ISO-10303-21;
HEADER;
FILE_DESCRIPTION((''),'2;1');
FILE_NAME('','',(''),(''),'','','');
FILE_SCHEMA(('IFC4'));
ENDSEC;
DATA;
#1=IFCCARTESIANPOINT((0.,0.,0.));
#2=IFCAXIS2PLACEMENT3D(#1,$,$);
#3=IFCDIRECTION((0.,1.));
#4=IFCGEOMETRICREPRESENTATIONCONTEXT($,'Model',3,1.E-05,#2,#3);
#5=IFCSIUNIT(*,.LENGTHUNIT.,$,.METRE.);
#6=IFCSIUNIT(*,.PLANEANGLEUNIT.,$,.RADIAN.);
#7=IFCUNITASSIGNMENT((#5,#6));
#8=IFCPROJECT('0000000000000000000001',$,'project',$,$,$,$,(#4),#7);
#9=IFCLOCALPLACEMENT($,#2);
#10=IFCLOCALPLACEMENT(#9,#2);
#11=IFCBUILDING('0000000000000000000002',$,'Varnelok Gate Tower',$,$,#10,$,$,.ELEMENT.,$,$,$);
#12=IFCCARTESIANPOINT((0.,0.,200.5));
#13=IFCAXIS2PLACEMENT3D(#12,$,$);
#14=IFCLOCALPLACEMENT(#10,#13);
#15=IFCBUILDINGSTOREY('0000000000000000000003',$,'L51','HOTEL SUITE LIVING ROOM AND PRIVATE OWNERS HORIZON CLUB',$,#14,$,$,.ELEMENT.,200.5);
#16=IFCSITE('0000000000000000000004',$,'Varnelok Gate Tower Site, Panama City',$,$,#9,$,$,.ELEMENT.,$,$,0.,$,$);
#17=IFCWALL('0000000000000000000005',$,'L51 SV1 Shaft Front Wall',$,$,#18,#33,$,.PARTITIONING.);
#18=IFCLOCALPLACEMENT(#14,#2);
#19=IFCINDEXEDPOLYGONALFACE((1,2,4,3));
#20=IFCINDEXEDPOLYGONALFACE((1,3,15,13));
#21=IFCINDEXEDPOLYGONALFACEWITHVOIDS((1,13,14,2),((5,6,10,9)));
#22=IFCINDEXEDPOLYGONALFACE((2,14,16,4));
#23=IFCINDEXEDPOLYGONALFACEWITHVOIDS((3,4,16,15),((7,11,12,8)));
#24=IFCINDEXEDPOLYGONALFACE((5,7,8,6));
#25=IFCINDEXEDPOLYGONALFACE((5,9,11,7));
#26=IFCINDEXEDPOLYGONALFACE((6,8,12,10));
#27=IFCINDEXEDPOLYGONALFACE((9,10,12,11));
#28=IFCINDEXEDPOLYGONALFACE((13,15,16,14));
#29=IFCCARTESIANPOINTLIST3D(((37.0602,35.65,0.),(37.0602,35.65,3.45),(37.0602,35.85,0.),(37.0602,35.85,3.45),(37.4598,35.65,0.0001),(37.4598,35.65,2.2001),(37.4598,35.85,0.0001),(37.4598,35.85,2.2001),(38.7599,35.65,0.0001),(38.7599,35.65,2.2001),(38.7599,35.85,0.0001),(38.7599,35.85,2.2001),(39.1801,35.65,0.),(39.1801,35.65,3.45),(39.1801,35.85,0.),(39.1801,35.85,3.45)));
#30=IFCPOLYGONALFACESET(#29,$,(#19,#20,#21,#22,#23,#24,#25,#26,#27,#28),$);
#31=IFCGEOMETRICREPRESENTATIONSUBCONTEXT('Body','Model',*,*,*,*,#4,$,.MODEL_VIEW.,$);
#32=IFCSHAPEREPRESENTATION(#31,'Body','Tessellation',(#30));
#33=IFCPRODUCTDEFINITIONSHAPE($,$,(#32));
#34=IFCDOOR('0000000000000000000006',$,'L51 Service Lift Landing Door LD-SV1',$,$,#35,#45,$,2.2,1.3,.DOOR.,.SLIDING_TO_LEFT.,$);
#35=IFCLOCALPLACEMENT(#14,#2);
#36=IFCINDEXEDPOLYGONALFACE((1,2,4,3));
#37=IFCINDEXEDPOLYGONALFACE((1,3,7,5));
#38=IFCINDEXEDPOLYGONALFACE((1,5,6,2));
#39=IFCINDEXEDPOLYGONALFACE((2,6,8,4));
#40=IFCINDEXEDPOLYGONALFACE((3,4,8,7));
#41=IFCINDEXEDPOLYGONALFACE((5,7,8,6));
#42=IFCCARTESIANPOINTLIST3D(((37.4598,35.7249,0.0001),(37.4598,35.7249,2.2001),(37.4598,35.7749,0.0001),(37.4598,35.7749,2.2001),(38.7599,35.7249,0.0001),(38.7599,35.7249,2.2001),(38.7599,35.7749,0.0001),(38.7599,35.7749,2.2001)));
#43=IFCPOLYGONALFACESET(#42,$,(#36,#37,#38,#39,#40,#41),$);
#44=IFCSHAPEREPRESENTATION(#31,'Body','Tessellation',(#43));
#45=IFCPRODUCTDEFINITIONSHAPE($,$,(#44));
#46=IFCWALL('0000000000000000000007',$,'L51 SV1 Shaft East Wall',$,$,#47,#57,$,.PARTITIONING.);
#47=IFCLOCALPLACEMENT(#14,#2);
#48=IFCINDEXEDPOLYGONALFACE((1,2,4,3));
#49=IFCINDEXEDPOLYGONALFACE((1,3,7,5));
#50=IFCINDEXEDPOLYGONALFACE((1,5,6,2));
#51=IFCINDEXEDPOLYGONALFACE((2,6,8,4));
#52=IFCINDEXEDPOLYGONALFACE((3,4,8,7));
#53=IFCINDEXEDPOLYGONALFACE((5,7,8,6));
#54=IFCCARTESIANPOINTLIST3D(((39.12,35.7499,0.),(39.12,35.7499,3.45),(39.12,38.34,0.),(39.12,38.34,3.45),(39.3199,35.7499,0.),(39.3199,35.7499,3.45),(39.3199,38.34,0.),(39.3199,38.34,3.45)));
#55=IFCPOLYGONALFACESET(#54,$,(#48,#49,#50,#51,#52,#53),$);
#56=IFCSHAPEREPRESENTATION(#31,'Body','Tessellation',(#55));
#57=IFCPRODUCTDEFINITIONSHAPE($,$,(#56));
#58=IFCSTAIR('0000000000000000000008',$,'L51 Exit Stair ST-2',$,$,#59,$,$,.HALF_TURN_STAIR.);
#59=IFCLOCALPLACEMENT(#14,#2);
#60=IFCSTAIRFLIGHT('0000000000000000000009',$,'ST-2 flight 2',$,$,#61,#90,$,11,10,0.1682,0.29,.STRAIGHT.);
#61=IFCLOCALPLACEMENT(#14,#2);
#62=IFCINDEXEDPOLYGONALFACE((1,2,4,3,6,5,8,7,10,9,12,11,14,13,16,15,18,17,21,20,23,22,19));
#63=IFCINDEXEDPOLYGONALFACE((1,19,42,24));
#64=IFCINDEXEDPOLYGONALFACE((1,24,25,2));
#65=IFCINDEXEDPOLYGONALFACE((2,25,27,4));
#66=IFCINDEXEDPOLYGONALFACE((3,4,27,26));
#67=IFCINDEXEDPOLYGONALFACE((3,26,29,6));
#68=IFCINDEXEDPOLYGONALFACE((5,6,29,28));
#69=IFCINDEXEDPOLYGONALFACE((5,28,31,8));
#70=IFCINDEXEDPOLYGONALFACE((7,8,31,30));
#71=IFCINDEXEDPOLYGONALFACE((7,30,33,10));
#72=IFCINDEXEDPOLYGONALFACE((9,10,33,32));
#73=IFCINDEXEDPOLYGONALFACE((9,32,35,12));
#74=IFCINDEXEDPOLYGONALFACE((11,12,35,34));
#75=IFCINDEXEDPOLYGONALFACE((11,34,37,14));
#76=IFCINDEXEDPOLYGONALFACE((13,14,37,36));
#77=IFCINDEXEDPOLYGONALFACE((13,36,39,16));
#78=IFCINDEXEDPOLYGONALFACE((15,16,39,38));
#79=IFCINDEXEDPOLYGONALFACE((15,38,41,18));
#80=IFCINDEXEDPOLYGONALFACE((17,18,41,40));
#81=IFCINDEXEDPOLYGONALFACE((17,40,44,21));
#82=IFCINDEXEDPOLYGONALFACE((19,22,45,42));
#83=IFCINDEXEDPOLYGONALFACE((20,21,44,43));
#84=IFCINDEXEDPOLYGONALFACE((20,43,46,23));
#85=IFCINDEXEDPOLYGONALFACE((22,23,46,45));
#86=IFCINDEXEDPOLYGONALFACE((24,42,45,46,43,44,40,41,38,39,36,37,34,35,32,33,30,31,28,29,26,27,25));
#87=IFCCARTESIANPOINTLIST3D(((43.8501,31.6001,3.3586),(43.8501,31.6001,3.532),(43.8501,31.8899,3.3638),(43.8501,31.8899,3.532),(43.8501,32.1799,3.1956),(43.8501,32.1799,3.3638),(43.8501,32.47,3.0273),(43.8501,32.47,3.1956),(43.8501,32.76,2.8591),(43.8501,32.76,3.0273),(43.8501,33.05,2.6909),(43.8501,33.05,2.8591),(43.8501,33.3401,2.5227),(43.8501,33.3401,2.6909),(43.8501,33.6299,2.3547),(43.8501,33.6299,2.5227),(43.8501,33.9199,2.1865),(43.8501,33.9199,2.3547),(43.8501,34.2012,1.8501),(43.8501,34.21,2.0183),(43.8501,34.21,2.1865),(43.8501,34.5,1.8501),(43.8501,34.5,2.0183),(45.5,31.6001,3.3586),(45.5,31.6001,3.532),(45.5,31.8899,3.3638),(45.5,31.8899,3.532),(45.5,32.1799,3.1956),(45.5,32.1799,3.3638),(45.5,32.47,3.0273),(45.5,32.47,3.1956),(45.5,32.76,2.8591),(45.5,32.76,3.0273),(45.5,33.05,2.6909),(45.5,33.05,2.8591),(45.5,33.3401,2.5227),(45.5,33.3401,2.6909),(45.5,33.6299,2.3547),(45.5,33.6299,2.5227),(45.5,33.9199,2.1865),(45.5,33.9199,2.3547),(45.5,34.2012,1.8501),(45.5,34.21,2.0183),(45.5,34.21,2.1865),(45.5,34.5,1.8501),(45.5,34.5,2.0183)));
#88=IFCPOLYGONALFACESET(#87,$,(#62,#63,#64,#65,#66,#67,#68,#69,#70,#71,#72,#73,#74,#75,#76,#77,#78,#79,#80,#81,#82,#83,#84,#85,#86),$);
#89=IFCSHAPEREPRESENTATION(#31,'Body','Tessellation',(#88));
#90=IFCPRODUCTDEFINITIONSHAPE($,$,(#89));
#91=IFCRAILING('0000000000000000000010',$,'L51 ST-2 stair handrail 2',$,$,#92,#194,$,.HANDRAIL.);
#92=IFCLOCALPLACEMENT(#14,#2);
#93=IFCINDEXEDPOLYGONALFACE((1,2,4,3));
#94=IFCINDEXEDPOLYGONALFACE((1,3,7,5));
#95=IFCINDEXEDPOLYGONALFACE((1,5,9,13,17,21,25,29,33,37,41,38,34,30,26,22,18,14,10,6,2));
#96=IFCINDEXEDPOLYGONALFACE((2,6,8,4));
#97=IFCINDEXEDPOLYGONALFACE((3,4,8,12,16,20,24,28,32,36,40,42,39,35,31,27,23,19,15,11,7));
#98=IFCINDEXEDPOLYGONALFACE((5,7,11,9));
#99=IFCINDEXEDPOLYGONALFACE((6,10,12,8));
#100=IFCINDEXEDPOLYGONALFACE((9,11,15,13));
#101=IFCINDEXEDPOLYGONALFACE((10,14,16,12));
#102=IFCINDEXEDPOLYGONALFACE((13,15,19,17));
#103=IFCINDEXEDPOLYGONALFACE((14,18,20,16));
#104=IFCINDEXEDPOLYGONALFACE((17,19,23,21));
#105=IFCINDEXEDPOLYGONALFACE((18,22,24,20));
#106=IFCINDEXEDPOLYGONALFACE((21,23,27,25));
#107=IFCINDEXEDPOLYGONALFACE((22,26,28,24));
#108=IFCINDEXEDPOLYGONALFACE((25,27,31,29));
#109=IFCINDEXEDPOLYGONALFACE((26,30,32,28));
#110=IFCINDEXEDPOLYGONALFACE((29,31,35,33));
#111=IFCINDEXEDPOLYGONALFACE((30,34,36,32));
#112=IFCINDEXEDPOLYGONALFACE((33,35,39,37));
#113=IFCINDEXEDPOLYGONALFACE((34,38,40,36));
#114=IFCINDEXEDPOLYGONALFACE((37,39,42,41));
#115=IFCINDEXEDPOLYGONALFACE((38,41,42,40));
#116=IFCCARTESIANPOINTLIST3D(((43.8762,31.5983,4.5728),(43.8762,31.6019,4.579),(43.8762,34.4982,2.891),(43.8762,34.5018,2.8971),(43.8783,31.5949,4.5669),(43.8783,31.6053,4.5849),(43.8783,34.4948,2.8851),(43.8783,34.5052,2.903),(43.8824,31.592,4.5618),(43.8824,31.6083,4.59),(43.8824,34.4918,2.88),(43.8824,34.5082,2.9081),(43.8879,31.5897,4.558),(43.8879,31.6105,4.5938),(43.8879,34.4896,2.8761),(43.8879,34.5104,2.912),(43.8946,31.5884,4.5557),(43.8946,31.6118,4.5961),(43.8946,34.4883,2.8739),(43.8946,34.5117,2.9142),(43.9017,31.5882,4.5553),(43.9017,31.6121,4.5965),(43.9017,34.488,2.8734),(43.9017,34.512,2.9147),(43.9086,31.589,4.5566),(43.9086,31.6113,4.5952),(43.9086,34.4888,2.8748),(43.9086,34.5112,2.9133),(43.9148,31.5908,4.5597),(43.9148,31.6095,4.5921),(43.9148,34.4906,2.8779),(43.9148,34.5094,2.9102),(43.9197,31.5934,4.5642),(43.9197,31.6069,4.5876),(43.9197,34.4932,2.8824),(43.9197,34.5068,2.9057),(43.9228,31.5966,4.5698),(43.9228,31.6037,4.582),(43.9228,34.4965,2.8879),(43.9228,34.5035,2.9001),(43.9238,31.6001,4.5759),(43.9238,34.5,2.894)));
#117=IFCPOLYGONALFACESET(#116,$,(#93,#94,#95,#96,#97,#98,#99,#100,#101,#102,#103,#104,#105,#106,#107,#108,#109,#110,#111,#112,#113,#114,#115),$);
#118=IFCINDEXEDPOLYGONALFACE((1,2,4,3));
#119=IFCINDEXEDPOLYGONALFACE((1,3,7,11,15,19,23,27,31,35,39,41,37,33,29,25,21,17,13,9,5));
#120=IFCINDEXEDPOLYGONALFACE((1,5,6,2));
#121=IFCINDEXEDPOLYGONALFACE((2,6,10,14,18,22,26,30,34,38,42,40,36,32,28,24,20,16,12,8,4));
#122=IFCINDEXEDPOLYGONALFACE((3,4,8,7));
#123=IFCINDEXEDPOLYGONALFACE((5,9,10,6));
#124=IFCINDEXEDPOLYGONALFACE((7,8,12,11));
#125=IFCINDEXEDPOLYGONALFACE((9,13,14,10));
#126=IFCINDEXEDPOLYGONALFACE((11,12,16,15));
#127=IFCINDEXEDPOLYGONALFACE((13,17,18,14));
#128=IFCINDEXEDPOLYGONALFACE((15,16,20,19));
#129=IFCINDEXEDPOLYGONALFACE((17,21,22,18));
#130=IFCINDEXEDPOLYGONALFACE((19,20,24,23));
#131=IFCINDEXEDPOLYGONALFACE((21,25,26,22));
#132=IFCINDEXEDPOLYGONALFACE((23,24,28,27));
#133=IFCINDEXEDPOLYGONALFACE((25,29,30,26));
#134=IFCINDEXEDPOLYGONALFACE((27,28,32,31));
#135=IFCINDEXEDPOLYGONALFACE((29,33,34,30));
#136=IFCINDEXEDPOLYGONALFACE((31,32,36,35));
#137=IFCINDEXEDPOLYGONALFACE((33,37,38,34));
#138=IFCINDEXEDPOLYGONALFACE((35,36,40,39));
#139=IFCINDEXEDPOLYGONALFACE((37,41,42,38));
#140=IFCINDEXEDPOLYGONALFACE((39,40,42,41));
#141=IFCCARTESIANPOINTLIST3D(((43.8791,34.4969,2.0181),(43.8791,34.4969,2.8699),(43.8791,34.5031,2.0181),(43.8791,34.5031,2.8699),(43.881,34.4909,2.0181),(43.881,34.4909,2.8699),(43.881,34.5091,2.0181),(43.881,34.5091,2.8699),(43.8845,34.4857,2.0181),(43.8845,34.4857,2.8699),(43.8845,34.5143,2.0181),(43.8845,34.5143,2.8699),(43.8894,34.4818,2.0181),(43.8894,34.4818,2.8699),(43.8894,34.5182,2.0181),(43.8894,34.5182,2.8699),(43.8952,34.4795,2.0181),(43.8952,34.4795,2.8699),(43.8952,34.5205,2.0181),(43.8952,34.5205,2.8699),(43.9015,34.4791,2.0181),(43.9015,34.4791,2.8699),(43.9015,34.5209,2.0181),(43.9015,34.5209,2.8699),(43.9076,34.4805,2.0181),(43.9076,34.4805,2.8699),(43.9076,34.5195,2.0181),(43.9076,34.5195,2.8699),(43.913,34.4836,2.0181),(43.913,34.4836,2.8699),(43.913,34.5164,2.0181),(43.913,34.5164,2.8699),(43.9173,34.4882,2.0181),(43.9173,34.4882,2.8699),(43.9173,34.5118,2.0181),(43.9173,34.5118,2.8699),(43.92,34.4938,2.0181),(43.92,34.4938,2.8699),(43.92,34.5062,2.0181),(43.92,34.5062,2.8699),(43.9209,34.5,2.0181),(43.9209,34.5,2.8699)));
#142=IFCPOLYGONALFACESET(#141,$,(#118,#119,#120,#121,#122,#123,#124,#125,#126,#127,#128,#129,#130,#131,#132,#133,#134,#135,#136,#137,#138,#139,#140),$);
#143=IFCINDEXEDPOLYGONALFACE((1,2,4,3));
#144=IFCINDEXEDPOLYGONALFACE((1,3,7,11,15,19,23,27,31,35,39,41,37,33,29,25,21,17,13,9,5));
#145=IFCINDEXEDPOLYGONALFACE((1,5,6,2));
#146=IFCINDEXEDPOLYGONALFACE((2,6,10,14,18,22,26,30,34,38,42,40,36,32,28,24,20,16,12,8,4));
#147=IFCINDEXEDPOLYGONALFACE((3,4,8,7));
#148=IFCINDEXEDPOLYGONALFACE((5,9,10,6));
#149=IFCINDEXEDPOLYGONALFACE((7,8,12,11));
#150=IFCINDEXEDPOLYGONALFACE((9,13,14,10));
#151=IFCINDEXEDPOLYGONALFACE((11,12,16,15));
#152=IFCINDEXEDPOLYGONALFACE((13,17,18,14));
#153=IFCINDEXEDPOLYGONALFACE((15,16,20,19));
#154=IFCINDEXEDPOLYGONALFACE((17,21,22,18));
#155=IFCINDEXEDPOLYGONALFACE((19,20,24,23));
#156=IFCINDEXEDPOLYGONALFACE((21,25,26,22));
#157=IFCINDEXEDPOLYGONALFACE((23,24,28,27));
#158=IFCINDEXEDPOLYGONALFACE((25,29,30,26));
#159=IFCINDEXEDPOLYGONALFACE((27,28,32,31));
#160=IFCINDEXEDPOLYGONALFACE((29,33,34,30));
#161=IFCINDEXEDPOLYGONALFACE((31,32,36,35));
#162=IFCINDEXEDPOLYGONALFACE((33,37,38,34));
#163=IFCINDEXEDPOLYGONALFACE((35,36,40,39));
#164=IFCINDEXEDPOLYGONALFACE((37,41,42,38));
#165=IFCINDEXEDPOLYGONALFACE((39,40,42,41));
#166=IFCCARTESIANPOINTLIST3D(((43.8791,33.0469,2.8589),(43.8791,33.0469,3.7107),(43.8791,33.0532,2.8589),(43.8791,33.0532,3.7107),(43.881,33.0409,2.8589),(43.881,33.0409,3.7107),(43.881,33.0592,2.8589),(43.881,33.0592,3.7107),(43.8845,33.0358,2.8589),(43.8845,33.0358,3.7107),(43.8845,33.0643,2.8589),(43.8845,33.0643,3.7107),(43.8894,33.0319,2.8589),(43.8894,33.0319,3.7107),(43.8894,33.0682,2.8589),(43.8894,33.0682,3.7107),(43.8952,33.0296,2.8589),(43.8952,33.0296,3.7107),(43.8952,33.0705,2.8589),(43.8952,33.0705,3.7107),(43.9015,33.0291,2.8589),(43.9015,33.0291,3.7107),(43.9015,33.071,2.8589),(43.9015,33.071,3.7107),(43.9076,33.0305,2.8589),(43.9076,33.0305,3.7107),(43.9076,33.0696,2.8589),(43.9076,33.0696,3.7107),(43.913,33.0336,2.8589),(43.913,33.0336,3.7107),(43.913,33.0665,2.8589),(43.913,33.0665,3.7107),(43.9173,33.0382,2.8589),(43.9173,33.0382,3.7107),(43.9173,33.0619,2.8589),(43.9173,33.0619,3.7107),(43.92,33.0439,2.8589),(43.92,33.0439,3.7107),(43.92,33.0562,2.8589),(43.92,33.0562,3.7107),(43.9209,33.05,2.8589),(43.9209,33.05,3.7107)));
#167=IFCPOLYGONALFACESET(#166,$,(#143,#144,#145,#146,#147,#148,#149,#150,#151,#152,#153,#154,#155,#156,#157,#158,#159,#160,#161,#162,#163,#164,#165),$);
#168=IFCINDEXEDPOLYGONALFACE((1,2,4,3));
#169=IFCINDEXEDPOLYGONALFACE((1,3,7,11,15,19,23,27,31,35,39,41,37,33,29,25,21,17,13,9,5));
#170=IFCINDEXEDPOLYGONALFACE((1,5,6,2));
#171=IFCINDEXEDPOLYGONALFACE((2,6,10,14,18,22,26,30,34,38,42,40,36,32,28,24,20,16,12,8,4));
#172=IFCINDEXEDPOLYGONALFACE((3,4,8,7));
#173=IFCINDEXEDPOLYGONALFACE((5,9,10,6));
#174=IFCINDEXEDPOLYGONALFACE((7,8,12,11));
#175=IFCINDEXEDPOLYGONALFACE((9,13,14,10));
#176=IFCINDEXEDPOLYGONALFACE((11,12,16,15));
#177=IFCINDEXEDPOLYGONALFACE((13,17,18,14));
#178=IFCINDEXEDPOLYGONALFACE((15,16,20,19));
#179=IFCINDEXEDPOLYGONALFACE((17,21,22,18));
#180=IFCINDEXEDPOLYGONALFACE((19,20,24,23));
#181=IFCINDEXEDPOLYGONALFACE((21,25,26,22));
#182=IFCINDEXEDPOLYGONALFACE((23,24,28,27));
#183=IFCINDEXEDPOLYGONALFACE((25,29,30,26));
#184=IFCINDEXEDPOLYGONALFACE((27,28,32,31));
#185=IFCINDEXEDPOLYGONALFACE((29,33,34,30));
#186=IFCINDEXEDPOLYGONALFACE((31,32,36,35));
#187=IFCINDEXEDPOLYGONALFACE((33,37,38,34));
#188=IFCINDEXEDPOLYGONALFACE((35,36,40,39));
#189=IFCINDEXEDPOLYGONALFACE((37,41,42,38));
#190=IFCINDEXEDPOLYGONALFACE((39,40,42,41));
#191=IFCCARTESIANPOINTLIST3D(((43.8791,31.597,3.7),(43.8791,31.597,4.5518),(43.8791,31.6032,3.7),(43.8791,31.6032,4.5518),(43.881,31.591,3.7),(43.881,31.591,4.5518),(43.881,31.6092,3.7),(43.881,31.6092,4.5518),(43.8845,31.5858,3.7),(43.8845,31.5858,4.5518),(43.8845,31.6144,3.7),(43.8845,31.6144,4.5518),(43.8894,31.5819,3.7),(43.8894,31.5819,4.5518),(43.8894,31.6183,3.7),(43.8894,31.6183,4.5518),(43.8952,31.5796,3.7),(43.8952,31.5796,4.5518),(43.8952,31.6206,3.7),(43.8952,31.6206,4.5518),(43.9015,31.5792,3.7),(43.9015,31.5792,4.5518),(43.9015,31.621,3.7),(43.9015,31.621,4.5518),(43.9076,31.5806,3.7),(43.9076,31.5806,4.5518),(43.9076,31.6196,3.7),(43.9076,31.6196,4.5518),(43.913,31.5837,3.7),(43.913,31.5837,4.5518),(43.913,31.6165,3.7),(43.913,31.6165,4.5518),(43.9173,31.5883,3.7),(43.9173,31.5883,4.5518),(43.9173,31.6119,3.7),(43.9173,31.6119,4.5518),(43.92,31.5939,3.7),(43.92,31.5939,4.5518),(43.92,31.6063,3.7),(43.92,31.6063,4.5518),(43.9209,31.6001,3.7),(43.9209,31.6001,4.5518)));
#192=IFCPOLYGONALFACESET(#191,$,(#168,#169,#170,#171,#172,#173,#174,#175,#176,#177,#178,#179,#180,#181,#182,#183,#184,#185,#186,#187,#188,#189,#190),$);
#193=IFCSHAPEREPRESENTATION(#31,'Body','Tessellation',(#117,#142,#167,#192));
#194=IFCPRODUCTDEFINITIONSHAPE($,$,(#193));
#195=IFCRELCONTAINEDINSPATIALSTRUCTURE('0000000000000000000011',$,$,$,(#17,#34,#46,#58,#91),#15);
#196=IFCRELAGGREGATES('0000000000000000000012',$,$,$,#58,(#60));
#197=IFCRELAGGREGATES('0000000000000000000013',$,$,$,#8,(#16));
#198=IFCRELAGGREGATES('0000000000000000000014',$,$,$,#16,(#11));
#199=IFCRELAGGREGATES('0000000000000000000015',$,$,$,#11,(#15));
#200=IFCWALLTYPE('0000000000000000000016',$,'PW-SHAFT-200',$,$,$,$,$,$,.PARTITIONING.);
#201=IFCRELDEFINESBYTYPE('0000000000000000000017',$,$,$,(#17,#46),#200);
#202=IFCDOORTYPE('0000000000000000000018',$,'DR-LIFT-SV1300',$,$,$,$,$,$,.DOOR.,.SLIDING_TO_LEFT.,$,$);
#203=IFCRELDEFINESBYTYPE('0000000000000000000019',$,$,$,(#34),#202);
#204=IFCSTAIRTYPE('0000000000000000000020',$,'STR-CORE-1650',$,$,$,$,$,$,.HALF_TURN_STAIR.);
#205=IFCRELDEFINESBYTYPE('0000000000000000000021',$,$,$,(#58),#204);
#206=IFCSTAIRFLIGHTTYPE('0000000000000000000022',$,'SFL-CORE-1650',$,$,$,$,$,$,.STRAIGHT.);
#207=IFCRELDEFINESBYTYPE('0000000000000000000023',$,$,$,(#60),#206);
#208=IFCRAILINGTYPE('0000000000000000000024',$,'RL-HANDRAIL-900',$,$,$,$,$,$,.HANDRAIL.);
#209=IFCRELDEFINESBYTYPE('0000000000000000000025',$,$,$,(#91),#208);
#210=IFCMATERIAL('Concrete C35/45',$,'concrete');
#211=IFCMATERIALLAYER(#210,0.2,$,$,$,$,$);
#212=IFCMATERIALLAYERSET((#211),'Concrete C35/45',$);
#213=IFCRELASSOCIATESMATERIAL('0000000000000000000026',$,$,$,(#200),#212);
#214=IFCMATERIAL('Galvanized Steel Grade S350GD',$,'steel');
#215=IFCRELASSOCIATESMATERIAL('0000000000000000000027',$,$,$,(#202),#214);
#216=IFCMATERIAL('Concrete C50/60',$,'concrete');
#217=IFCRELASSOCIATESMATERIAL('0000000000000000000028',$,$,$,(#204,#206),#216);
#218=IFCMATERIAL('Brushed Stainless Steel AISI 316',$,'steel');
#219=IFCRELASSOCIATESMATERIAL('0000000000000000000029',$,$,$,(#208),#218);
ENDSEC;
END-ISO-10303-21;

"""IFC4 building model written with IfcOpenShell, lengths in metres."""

from ifc_helpers import new_model, si_unit, direction, frame, frame_2d, origin, origin_2d, place, context, subcontext, project, spatial, polyline, rectangle, circle, outline, extrude, material, layer, layer_set, type_object, element, fill, aggregate, save


model = new_model("IFC4")

# Units and contexts
model_context = context("Model", 3, precision=1e-05, world=origin(), true_north=direction((0.0, 1.0)))
body_context = subcontext(model_context, "Body", "Model", "MODEL_VIEW")
ifc_project = project(units=[si_unit("LENGTHUNIT", "METRE"), si_unit("PLANEANGLEUNIT", "RADIAN")], contexts=[model_context])

# Site, building, storey
site_placement = place(None, origin())
site = spatial("IfcSite", under=ifc_project, at=site_placement, Name="Varnelok Gate Tower Site, Panama City", CompositionType="ELEMENT", RefElevation=0.0)
building_placement = place(site_placement, origin())
building = spatial("IfcBuilding", under=site, at=building_placement, Name="Varnelok Gate Tower", CompositionType="ELEMENT")
storey_placement = place(building_placement, frame((0.0, 0.0, 200.5)))
storey = spatial("IfcBuildingStorey", under=building, at=storey_placement, Name="L51", Description="HOTEL SUITE LIVING ROOM AND PRIVATE OWNERS HORIZON CLUB", CompositionType="ELEMENT", Elevation=200.5)

# Shared definitions
ifc_material_1 = material(Name="Galvanized Steel Grade S350GD", Category="steel")

# Shared definitions
ifc_material_2 = material(Name="Concrete C35/45", Category="concrete")
ifc_layer_1 = layer(ifc_material_2, 0.2)
ifc_layer_set_1 = layer_set([ifc_layer_1], Name="Concrete C35/45")
wall_type_1 = type_object("IfcWallType", Name="PW-SHAFT-200", PredefinedType="PARTITIONING", material=ifc_layer_set_1)

# Wall, opening, door
wall_1_placement = place(storey_placement, frame((37.0601, 35.75, 0.0), z_axis=(0.0, 0.0, 1.0), x_axis=(1.0, 0.0, 0.0)))
wall_1 = element("IfcWall", 1, at=wall_1_placement, inside=storey, type_object=wall_type_1, Name="L51 SV1 Shaft Front Wall", PredefinedType="PARTITIONING", context=body_context, shape_type="SweptSolid", body=[
    extrude(rectangle(XDim=2.1199, YDim=0.2, at=frame_2d((1.0601, 0.0))), origin(), (0.0, 0.0, 1.0), 3.45),
])
opening_1_placement = place(wall_1_placement, frame((0.3999, 0.0, 0.0)))
opening_1 = element("IfcOpeningElement", 2, at=opening_1_placement, cuts=wall_1, PredefinedType="OPENING", context=body_context, shape_type="SweptSolid", body=[
    extrude(rectangle(XDim=1.3, YDim=2.2, at=frame_2d((0.6499, 1.1001))), frame((0.0, 0.1099, 0.0), z_axis=(0.0, -1.0, 0.0), x_axis=(1.0, 0.0, 0.0)), (0.0, 0.0, 1.0), 0.22),
])
door_type_1 = type_object("IfcDoorType", Name="DR-LIFT-SV1300", OperationType="SLIDING_TO_LEFT", PredefinedType="DOOR", material=ifc_material_1)
door_1_placement = place(opening_1_placement, origin())
door_1 = element("IfcDoor", 3, at=door_1_placement, inside=storey, type_object=door_type_1, Name="L51 Service Lift Landing Door LD-SV1", OperationType="SLIDING_TO_LEFT", OverallHeight=2.2, OverallWidth=1.3, PredefinedType="DOOR", context=body_context, shape_type="SweptSolid", body=[
    extrude(rectangle(XDim=1.3, YDim=2.2, at=frame_2d((0.6499, 1.1001))), frame((0.0, 0.0249, 0.0), z_axis=(0.0, -1.0, 0.0), x_axis=(1.0, 0.0, 0.0)), (0.0, 0.0, 1.0), 0.05),
])
fill(opening_1, door_1)

# Wall
wall_2_placement = place(storey_placement, frame((39.22, 35.75, 0.0), z_axis=(0.0, 0.0, 1.0), x_axis=(0.0, 1.0, 0.0)))
element("IfcWall", 4, at=wall_2_placement, inside=storey, type_object=wall_type_1, Name="L51 SV1 Shaft East Wall", PredefinedType="PARTITIONING", context=body_context, shape_type="SweptSolid", body=[
    extrude(rectangle(XDim=2.5901, YDim=0.2, at=frame_2d((1.2949, 0.0))), origin(), (0.0, 0.0, 1.0), 3.45),
])

# Stair, stair flight
ifc_material_3 = material(Name="Concrete C50/60", Category="concrete")
stair_type = type_object("IfcStairType", Name="STR-CORE-1650", PredefinedType="HALF_TURN_STAIR", material=ifc_material_3)
stair_placement = place(storey_placement, origin())
stair = element("IfcStair", 5, at=stair_placement, inside=storey, type_object=stair_type, Name="L51 Exit Stair ST-2", PredefinedType="HALF_TURN_STAIR")
stair_flight_type = type_object("IfcStairFlightType", Name="SFL-CORE-1650", PredefinedType="STRAIGHT", material=ifc_material_3)
stair_flight_placement = place(storey_placement, frame((44.675, 34.5, 1.8501), z_axis=(0.0, 0.0, 1.0), x_axis=(0.0, -1.0, 0.0)))
stair_flight = element("IfcStairFlight", 6, at=stair_flight_placement, type_object=stair_flight_type, Name="ST-2 flight 2", NumberOfRisers=11, NumberOfTreads=10, PredefinedType="STRAIGHT", RiserHeight=0.1682, TreadLength=0.29, context=body_context, shape_type="SweptSolid", body=[
    extrude(outline(polyline([(0.0, 0.0), (0.0, 0.1682), (0.29, 0.1682), (0.29, 0.3364), (0.5801, 0.3364), (0.5801, 0.5046), (0.8701, 0.5046), (0.8701, 0.6726), (1.1599, 0.6726), (1.1599, 0.8408), (1.45, 0.8408), (1.45, 1.009), (1.74, 1.009), (1.74, 1.1772), (2.03, 1.1772), (2.03, 1.3455), (2.3201, 1.3455), (2.3201, 1.5137), (2.6101, 1.5137), (2.6101, 1.6819), (2.8999, 1.6819), (2.8999, 1.8501), (2.8999, 1.5085), (0.2988, 0.0), (0.0, 0.0)])), frame((0.0, 0.825, 0.0), z_axis=(0.0, -1.0, 0.0), x_axis=(1.0, 0.0, 0.0)), (0.0, 0.0, 1.0), 1.6499),
])
aggregate(stair, [stair_flight])

# Railing
ifc_material_4 = material(Name="Brushed Stainless Steel AISI 316", Category="steel")
railing_type_1 = type_object("IfcRailingType", Name="RL-HANDRAIL-900", PredefinedType="HANDRAIL", material=ifc_material_4)
railing_1_placement = place(storey_placement, frame((43.8999, 34.5, 2.0181)))
element("IfcRailing", 7, at=railing_1_placement, inside=storey, type_object=railing_type_1, Name="L51 ST-2 stair handrail 2", PredefinedType="HANDRAIL", context=body_context, shape_type="SweptSolid", body=[
    extrude(circle(Radius=0.0239, at=origin_2d()), frame((0.0, 0.0, 0.876), z_axis=(0.0, -0.865039, 0.501705), x_axis=(1.0, 0.0, 0.0)), (0.0, 0.0, 1.0), 3.3523),
    extrude(circle(Radius=0.021, at=origin_2d()), origin(), (0.0, 0.0, 1.0), 0.8518),
    extrude(circle(Radius=0.021, at=origin_2d()), frame((0.0, -1.45, 0.8408)), (0.0, 0.0, 1.0), 0.8518),
    extrude(circle(Radius=0.021, at=origin_2d()), frame((0.0, -2.8999, 1.6819)), (0.0, 0.0, 1.0), 0.8518),
])

save(model, "model.ifc")
